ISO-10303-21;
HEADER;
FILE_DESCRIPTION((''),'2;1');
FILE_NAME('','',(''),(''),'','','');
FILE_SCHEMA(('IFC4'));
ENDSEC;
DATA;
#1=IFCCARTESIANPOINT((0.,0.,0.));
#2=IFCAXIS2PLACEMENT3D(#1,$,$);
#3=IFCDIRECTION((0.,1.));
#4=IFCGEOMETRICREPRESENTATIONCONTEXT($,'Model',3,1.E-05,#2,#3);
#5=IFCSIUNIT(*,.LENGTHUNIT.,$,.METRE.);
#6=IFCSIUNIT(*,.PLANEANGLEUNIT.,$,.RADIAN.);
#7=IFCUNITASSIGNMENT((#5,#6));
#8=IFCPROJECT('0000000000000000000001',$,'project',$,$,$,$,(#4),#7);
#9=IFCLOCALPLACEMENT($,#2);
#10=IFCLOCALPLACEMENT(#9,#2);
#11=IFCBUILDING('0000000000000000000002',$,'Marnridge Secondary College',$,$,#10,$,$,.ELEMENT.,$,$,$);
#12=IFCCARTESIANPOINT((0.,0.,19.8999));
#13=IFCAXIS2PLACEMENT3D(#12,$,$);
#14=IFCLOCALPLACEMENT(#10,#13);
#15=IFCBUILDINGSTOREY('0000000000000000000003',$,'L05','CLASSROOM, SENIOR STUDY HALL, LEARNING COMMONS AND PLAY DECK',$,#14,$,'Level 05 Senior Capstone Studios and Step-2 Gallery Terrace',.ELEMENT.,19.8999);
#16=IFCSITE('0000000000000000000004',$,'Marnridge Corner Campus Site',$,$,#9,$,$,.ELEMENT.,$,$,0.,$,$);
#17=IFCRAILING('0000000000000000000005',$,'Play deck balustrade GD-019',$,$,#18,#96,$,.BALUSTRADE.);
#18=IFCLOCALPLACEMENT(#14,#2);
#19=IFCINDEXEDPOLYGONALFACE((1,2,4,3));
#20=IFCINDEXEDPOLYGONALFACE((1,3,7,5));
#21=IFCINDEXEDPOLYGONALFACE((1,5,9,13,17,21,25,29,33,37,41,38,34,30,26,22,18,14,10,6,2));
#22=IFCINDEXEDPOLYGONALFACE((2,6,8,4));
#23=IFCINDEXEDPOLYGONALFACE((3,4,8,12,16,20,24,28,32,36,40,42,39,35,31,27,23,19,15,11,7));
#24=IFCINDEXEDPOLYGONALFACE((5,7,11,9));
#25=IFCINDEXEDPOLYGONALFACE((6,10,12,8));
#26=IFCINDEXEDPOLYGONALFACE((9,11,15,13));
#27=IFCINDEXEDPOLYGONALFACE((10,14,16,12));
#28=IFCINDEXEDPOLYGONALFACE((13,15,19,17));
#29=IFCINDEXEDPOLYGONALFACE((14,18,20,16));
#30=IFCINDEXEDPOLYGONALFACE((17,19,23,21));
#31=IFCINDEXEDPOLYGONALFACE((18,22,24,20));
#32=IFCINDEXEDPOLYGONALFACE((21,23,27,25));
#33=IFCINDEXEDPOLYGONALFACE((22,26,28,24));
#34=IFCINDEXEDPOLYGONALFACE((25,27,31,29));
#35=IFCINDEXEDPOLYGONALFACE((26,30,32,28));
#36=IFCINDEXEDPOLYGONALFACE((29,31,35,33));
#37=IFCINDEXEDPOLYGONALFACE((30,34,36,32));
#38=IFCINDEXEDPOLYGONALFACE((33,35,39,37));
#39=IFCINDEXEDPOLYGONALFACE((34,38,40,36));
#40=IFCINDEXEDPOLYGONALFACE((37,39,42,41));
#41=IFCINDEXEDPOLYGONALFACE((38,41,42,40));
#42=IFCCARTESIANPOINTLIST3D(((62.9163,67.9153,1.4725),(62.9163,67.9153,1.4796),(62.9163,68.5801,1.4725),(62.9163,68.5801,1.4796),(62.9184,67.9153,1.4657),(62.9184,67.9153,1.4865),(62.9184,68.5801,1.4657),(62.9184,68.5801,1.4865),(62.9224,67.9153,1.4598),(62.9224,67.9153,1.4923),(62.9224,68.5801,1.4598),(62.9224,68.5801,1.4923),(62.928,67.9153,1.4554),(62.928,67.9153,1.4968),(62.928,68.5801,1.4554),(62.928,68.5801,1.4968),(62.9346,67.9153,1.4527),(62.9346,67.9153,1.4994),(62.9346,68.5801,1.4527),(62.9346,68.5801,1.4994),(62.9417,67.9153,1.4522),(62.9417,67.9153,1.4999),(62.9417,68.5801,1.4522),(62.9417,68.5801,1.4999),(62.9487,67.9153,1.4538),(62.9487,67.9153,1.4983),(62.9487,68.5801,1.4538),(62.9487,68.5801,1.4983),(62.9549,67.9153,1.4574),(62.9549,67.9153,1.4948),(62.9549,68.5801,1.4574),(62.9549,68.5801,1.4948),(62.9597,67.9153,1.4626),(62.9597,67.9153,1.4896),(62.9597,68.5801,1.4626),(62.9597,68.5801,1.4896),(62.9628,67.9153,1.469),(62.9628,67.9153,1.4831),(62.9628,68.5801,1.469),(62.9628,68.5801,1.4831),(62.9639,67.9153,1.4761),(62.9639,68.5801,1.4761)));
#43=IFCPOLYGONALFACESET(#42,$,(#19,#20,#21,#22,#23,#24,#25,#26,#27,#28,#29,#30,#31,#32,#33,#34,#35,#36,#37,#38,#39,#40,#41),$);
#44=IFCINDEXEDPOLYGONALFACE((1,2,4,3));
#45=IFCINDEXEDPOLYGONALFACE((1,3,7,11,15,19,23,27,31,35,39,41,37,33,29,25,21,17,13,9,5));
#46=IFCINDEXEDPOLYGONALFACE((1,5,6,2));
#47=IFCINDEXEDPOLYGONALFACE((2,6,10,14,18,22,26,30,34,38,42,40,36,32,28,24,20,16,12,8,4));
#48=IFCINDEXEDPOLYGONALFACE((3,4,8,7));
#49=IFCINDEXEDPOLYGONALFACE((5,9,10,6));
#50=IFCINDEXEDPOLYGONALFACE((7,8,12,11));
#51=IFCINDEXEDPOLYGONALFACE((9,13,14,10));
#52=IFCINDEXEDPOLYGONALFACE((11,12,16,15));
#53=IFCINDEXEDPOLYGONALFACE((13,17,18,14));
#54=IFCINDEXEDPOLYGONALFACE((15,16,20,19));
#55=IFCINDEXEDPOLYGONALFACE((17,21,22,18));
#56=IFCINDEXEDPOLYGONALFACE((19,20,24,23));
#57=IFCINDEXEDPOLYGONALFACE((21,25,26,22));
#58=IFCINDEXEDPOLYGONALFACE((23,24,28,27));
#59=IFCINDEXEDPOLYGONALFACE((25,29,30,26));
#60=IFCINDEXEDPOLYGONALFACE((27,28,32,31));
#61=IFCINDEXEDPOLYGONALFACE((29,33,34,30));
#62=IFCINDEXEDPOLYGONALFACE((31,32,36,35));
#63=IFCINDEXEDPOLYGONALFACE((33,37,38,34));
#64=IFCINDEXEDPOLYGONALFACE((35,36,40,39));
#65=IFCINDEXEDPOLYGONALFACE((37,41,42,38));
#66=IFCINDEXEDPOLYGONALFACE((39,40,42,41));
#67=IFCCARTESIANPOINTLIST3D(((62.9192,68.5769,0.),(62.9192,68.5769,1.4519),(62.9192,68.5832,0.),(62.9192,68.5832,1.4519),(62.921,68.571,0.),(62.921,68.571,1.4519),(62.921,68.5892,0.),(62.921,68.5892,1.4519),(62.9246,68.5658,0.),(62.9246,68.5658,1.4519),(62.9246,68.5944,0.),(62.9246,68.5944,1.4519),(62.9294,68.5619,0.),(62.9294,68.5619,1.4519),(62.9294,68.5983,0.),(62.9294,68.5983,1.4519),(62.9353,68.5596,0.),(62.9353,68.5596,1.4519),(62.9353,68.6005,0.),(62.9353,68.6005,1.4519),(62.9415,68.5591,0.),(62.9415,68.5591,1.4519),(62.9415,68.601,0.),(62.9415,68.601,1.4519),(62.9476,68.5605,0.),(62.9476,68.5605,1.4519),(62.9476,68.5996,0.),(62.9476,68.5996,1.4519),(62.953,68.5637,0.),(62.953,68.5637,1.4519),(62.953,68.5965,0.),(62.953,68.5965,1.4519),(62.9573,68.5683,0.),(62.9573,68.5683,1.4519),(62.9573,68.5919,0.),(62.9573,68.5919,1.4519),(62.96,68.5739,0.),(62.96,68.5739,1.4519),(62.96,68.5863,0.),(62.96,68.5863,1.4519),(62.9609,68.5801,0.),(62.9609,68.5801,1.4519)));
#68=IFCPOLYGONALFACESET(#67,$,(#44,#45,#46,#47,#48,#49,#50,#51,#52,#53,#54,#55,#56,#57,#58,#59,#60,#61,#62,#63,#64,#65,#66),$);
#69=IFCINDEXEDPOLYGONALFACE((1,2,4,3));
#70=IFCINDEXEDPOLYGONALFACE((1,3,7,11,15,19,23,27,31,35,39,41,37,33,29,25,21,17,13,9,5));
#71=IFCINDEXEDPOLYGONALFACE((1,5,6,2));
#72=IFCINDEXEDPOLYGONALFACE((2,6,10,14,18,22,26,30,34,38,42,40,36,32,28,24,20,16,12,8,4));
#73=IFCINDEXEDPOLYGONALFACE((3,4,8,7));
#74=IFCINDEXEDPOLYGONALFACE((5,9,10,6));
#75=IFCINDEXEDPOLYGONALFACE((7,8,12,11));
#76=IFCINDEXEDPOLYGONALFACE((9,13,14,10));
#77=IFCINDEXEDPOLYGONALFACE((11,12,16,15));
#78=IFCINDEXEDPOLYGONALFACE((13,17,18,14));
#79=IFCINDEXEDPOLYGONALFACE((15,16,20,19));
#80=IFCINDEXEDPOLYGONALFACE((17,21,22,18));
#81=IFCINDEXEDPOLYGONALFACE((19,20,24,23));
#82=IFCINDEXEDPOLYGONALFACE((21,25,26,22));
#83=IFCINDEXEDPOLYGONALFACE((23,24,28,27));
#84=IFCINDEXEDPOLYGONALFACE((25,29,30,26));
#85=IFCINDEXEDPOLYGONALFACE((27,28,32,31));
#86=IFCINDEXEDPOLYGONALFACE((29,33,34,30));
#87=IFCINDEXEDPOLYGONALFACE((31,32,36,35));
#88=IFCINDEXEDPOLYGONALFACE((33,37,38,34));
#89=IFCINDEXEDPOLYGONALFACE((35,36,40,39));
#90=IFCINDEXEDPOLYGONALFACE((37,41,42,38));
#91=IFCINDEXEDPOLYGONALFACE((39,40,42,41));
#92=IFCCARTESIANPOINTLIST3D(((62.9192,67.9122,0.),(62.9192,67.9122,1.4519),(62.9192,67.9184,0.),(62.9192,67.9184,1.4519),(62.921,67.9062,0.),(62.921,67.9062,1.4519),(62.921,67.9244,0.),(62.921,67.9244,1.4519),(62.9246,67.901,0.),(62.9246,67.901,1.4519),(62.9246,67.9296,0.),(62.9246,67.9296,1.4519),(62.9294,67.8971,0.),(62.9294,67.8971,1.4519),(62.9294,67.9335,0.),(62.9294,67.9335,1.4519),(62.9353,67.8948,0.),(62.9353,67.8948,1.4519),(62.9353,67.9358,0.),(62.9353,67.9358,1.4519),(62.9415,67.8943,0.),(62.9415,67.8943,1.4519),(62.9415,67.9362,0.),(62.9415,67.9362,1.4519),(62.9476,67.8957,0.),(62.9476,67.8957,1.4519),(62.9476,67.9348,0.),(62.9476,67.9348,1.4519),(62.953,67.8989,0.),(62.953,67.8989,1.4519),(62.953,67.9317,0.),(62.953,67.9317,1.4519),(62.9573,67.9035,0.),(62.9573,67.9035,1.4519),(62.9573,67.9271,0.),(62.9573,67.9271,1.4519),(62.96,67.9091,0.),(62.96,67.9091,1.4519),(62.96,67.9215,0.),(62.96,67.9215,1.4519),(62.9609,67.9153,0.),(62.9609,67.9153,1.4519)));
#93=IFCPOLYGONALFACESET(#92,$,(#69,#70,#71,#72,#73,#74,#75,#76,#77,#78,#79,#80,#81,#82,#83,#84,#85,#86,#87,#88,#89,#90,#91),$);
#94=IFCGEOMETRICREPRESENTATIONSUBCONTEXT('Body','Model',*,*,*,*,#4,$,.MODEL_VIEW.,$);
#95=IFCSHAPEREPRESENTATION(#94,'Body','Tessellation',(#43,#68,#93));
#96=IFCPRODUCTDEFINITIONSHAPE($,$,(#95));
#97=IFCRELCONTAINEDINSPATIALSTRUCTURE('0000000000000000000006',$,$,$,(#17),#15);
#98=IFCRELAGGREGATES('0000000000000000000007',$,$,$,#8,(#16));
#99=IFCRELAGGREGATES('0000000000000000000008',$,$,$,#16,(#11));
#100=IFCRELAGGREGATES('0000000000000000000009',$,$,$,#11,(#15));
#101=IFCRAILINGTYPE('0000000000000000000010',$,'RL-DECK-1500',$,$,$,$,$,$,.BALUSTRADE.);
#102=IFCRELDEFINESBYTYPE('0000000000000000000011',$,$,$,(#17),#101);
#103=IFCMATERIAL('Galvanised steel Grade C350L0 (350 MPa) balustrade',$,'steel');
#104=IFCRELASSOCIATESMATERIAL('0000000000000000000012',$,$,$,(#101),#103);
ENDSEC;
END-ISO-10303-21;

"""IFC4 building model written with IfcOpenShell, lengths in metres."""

from ifc_helpers import new_model, si_unit, direction, frame, origin, origin_2d, place, context, subcontext, project, spatial, circle, extrude, material, type_object, element, save


model = new_model("IFC4")

# Units and contexts
model_context = context("Model", 3, precision=1e-05, world=origin(), true_north=direction((0.0, 1.0)))
body_context = subcontext(model_context, "Body", "Model", "MODEL_VIEW")
ifc_project = project(units=[si_unit("LENGTHUNIT", "METRE"), si_unit("PLANEANGLEUNIT", "RADIAN")], contexts=[model_context])

# Site, building, storey
site_placement = place(None, origin())
site = spatial("IfcSite", under=ifc_project, at=site_placement, Name="Marnridge Corner Campus Site", CompositionType="ELEMENT", RefElevation=0.0)
building_placement = place(site_placement, origin())
building = spatial("IfcBuilding", under=site, at=building_placement, Name="Marnridge Secondary College", CompositionType="ELEMENT")
storey_placement = place(building_placement, frame((0.0, 0.0, 19.8999)))
storey = spatial("IfcBuildingStorey", under=building, at=storey_placement, Name="L05", Description="CLASSROOM, SENIOR STUDY HALL, LEARNING COMMONS AND PLAY DECK", LongName="Level 05 Senior Capstone Studios and Step-2 Gallery Terrace", CompositionType="ELEMENT", Elevation=19.8999)

# Railing
ifc_material_1 = material(Name="Galvanised steel Grade C350L0 (350 MPa) balustrade", Category="steel")
railing_type = type_object("IfcRailingType", Name="RL-DECK-1500", PredefinedType="BALUSTRADE", material=ifc_material_1)
railing_1_placement = place(storey_placement, frame((62.9399, 68.5801, 0.0)))
element("IfcRailing", 1, at=railing_1_placement, inside=storey, type_object=railing_type, Name="Play deck balustrade GD-019", PredefinedType="BALUSTRADE", context=body_context, shape_type="SweptSolid", body=[
    extrude(circle(Radius=0.0239, at=origin_2d()), frame((0.0, 0.0, 1.4761), z_axis=(0.0, -1.0, 0.0), x_axis=(1.0, 0.0, 0.0)), (0.0, 0.0, 1.0), 0.6648),
    extrude(circle(Radius=0.021, at=origin_2d()), origin(), (0.0, 0.0, 1.0), 1.4519),
    extrude(circle(Radius=0.021, at=origin_2d()), frame((0.0, -0.6648, 0.0)), (0.0, 0.0, 1.0), 1.4519),
])

save(model, "model.ifc")
